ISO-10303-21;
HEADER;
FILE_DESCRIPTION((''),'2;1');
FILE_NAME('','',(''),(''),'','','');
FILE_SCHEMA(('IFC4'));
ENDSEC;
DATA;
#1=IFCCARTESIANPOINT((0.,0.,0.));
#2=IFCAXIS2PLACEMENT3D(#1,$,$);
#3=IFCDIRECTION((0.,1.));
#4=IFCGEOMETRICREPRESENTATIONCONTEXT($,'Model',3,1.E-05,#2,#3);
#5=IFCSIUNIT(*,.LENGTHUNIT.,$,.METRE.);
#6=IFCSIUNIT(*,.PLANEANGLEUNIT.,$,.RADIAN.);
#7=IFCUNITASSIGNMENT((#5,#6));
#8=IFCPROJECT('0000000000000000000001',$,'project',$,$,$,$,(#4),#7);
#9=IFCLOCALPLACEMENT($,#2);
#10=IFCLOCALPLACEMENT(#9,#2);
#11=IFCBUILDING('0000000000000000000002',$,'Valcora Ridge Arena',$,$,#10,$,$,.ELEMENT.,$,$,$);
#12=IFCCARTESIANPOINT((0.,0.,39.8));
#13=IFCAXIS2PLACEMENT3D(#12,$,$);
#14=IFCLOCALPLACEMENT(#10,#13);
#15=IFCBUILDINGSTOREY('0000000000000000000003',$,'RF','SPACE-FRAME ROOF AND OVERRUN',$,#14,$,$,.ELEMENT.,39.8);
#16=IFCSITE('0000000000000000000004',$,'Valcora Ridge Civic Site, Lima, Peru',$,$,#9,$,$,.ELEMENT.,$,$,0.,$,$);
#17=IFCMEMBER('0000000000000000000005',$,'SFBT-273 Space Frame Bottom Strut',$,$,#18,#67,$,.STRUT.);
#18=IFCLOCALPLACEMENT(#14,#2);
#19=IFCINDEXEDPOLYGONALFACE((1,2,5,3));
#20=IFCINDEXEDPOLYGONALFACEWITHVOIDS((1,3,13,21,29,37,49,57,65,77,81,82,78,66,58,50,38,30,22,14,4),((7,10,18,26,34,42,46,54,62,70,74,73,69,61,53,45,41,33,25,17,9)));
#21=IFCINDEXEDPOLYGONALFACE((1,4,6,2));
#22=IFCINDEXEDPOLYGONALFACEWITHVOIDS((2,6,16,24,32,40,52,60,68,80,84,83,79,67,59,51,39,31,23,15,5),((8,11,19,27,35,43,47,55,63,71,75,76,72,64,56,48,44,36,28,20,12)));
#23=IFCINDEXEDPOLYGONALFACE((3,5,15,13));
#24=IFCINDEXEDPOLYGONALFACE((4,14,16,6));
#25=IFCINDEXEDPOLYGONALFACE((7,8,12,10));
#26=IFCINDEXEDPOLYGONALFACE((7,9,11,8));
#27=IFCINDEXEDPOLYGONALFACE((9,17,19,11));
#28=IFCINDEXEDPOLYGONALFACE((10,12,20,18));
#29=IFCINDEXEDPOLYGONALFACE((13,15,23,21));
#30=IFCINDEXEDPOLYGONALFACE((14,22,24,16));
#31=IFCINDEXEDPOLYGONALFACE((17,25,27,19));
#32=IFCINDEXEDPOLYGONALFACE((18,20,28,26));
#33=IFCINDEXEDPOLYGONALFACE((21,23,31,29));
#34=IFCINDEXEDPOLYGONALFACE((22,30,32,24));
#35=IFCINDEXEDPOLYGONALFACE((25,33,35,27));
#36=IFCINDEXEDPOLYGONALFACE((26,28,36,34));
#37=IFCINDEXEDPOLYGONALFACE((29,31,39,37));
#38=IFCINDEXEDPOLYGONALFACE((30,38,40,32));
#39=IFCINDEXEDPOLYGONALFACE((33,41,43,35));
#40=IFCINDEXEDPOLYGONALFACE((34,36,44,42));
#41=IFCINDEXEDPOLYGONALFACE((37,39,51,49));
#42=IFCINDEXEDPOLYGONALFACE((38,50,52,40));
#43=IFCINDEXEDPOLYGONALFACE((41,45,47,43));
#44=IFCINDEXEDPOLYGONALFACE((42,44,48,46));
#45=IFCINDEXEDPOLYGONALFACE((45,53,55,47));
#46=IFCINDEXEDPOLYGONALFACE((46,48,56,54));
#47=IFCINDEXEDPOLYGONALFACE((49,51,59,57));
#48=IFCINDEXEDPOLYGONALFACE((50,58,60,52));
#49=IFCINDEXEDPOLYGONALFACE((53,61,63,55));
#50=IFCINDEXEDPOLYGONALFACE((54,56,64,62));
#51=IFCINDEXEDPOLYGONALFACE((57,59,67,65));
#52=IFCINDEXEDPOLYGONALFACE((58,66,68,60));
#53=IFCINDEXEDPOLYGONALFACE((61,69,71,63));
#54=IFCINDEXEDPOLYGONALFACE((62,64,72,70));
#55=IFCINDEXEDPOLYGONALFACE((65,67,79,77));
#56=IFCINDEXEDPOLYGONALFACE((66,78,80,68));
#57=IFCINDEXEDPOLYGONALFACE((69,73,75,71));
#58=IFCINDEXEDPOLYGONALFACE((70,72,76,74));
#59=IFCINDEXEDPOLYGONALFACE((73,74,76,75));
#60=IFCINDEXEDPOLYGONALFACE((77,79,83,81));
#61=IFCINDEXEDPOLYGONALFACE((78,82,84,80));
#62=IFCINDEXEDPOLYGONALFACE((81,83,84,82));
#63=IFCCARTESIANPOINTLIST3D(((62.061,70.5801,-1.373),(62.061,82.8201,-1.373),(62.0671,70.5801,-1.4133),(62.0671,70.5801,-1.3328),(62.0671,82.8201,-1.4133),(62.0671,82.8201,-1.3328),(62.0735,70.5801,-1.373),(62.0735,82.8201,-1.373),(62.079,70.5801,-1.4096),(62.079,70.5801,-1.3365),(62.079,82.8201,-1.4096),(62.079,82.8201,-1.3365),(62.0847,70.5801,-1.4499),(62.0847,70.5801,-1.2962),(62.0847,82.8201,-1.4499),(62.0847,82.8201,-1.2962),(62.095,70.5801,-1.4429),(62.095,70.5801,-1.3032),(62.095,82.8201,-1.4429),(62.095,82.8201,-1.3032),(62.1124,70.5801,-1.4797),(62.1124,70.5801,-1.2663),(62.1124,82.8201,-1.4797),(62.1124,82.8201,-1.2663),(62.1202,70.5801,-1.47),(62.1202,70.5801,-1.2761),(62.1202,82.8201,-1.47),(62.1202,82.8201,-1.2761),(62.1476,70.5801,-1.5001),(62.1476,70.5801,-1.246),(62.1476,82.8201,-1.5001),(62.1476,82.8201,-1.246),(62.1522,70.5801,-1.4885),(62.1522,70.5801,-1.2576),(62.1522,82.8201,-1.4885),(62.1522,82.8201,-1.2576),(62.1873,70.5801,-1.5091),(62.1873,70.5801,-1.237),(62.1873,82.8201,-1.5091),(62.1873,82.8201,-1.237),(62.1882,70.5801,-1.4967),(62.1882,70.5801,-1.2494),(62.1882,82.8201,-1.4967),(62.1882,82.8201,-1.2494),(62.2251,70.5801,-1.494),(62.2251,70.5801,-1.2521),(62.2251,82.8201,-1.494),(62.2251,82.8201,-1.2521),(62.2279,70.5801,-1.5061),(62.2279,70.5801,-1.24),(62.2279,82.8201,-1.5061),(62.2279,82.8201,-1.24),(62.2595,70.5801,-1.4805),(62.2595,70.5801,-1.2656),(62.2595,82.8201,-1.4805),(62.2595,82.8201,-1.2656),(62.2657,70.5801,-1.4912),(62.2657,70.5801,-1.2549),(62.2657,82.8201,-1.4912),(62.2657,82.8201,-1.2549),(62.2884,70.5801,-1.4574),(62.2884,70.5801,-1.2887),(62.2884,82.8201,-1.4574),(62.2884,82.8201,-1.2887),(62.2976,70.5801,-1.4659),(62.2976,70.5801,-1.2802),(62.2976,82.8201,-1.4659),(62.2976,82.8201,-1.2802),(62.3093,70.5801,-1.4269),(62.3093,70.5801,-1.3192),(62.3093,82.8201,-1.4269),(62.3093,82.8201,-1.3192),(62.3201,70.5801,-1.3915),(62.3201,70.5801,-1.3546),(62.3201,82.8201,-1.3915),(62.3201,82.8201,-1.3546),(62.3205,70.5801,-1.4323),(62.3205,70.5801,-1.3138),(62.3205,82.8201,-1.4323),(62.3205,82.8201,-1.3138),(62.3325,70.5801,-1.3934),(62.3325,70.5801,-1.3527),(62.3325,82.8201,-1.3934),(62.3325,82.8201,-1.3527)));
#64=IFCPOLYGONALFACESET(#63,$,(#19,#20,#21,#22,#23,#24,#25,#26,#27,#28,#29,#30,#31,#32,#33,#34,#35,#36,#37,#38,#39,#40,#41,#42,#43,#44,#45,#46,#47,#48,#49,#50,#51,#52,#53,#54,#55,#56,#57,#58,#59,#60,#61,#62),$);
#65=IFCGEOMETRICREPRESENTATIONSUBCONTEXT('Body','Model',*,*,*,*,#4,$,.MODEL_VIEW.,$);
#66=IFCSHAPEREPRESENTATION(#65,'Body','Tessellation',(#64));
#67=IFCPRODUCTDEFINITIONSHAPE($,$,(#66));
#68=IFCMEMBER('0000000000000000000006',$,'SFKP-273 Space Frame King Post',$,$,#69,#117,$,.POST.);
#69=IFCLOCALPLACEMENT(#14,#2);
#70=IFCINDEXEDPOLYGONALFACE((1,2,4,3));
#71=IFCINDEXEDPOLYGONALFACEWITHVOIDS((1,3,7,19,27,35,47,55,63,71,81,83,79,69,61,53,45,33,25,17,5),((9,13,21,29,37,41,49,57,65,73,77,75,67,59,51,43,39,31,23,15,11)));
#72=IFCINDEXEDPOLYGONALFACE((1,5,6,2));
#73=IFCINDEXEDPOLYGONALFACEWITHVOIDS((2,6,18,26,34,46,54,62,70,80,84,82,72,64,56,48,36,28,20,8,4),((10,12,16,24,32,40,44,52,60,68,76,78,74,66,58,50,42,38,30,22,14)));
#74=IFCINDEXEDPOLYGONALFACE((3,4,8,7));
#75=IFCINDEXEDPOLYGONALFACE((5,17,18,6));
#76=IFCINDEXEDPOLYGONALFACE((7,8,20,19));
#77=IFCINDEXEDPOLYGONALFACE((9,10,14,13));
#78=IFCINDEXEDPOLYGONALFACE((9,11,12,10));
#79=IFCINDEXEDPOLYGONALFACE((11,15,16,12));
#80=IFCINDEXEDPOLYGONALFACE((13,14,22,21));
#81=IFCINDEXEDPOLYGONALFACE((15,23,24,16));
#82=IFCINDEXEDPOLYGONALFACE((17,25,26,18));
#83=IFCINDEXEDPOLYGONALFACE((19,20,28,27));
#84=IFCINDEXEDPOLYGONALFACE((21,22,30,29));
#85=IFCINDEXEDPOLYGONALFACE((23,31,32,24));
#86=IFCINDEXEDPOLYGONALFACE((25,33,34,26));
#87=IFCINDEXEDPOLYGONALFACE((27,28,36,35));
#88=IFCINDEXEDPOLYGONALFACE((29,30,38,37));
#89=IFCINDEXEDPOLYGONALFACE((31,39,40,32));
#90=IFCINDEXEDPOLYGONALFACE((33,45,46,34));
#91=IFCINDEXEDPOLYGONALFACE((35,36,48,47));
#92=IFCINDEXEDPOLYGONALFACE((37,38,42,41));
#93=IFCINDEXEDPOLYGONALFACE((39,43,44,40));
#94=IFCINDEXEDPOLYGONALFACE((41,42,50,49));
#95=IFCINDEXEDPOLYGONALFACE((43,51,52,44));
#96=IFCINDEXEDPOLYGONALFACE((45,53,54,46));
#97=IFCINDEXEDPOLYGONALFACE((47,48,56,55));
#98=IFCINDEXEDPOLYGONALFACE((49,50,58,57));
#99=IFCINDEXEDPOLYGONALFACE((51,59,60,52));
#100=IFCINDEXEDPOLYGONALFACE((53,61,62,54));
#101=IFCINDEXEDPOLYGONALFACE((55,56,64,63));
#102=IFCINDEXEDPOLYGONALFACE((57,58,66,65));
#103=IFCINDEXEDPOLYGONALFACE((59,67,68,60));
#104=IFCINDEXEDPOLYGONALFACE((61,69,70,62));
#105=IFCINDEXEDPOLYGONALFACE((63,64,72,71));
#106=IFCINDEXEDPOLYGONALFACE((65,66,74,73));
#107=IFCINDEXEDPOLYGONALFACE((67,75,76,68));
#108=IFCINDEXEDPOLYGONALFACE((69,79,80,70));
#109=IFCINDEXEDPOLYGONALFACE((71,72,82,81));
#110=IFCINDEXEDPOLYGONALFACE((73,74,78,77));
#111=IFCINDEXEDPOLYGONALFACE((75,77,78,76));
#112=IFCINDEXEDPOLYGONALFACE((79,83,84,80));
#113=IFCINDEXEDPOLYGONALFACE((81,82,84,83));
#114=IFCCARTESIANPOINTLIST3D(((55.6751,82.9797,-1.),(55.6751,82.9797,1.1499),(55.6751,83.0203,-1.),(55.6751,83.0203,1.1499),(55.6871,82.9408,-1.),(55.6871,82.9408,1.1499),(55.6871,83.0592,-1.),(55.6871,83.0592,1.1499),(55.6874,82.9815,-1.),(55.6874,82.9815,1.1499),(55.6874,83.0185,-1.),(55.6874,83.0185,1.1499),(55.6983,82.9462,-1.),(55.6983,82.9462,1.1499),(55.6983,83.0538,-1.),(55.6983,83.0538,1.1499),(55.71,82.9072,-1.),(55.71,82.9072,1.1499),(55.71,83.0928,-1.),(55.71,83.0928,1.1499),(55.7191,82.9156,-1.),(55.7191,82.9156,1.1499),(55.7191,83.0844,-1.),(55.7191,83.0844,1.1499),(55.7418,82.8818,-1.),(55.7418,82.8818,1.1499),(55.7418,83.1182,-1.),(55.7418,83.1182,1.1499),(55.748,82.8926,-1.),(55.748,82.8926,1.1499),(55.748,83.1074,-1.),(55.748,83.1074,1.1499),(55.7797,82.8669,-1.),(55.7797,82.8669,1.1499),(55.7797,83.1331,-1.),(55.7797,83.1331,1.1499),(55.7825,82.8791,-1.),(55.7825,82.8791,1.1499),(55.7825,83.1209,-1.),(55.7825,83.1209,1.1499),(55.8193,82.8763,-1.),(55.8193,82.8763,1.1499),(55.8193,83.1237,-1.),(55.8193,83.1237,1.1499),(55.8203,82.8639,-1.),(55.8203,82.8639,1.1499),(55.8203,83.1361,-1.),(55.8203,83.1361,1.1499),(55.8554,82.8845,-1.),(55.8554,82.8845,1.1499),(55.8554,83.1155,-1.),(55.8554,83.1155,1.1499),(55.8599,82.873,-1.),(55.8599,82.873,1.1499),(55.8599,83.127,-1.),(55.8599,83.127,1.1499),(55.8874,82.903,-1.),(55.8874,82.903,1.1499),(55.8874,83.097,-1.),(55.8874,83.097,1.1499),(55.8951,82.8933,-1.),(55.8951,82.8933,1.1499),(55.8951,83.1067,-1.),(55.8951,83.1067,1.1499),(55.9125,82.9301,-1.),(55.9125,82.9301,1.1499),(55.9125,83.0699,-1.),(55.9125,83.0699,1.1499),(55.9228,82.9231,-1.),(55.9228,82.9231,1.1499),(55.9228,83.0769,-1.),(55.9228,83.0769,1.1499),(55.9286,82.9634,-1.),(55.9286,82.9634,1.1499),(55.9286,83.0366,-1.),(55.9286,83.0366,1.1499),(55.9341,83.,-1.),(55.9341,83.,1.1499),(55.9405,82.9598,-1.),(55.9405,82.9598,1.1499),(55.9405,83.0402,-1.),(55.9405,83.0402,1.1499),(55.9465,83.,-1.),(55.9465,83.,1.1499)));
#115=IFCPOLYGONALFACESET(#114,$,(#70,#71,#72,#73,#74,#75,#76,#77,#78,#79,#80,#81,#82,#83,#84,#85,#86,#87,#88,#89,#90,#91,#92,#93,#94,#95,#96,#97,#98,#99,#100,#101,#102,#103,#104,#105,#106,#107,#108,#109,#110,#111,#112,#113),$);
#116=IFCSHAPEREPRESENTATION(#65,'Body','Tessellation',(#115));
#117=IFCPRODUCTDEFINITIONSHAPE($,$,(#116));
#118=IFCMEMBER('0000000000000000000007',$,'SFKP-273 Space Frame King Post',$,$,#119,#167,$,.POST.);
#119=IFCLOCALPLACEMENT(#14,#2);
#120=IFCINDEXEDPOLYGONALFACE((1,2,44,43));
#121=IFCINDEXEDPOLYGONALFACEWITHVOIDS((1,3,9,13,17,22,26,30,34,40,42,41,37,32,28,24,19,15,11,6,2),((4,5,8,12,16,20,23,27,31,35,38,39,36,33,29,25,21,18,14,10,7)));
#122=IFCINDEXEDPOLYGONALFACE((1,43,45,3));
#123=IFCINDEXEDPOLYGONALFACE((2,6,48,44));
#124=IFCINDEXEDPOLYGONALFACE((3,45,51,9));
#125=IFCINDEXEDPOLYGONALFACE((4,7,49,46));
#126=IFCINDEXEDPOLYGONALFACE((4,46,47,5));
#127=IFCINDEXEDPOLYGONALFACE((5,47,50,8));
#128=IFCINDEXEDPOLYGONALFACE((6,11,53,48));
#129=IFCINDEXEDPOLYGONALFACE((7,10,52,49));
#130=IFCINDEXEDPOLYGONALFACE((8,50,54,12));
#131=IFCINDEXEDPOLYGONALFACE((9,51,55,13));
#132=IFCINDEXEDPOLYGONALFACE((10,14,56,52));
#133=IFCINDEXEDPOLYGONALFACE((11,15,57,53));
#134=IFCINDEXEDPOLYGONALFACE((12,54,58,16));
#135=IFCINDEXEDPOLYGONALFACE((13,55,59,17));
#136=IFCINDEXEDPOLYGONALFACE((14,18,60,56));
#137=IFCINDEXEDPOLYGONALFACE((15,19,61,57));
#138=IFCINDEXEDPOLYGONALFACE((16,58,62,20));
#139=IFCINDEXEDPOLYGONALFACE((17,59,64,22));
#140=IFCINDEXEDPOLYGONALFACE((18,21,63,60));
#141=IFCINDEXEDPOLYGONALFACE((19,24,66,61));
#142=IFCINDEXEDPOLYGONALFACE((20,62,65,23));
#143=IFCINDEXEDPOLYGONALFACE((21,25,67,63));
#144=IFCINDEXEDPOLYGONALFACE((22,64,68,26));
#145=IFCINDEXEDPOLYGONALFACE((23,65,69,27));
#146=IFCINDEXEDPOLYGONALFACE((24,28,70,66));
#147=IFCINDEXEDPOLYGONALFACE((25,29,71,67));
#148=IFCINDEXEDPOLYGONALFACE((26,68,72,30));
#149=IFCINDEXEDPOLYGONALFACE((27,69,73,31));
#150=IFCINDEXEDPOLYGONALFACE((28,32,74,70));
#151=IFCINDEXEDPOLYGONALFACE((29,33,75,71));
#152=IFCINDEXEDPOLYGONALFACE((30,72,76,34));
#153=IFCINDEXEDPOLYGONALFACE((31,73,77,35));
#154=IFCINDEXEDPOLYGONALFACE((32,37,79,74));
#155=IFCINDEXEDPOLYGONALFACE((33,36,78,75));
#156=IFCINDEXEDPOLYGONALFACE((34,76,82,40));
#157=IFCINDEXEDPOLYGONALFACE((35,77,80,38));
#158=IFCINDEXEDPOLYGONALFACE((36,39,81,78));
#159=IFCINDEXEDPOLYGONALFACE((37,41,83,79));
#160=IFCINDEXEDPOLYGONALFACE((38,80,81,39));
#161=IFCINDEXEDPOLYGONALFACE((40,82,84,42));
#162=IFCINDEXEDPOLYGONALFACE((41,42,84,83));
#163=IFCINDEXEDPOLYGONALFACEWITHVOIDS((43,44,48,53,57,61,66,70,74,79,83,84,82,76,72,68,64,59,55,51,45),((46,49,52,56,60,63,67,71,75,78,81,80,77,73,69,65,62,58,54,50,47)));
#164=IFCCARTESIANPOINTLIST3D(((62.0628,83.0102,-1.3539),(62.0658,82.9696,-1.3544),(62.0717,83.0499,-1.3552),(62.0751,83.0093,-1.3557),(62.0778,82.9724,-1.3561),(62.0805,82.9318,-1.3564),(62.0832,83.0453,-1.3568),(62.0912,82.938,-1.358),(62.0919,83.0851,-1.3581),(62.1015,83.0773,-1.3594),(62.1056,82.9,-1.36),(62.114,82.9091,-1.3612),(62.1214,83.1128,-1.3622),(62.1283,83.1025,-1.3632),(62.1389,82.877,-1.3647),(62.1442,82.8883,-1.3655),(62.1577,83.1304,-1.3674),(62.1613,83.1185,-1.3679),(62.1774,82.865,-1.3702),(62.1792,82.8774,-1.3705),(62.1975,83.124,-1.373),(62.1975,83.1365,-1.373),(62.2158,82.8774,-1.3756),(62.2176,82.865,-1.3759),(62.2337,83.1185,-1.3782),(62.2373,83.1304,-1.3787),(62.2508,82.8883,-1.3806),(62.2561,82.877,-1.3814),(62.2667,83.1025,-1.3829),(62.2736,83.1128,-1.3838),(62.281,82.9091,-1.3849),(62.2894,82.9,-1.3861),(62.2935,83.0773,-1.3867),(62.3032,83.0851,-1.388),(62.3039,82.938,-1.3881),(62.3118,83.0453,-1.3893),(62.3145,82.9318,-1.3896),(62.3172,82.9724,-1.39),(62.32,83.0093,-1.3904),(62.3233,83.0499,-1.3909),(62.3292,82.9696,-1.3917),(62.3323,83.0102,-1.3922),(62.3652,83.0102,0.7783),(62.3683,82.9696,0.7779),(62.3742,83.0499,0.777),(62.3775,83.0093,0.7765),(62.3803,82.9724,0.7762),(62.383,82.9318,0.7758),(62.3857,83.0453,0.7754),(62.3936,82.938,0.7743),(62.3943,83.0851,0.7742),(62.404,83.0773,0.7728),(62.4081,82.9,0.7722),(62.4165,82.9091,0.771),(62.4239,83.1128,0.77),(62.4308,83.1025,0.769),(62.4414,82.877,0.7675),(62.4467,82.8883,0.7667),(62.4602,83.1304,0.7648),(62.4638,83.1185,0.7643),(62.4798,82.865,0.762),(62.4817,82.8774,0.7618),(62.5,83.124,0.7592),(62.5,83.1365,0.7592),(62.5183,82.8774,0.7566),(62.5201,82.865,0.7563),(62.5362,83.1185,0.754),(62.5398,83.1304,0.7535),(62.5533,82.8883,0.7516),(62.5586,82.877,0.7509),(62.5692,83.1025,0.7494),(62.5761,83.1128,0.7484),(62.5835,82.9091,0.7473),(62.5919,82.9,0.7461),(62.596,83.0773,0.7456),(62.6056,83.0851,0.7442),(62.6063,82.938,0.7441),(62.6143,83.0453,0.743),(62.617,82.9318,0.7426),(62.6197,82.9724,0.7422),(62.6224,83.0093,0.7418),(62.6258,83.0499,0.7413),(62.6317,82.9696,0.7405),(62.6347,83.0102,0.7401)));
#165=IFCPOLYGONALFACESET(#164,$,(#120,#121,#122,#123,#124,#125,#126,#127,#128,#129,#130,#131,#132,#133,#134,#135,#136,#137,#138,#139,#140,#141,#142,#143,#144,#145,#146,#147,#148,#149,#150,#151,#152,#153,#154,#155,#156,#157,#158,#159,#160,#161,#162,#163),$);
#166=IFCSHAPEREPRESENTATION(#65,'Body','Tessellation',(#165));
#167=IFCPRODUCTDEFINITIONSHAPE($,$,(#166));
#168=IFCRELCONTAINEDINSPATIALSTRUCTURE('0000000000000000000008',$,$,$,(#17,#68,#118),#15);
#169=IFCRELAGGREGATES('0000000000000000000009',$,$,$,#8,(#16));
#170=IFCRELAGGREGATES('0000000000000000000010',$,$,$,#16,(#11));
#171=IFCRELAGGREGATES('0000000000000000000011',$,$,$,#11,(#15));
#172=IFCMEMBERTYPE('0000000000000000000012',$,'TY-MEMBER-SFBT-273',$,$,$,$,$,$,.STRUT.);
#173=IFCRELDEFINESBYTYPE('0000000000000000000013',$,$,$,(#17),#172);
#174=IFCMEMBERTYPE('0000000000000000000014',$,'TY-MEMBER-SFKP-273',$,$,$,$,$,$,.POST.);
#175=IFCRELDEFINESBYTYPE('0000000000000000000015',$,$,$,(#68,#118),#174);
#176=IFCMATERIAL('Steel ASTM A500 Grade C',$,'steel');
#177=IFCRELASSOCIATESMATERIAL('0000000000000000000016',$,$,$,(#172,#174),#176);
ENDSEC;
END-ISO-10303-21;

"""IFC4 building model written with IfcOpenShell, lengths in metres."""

from ifc_helpers import new_model, si_unit, direction, frame, origin, origin_2d, place, context, subcontext, project, spatial, hollow_circle, extrude, material, material_profile, profile_set, type_object, element, save


model = new_model("IFC4")

# Units and contexts
model_context = context("Model", 3, precision=1e-05, world=origin(), true_north=direction((0.0, 1.0)))
body_context = subcontext(model_context, "Body", "Model", "MODEL_VIEW")
ifc_project = project(units=[si_unit("LENGTHUNIT", "METRE"), si_unit("PLANEANGLEUNIT", "RADIAN")], contexts=[model_context])

# Site, building, storey
site_placement = place(None, origin())
site = spatial("IfcSite", under=ifc_project, at=site_placement, Name="Valcora Ridge Civic Site, Lima, Peru", CompositionType="ELEMENT", RefElevation=0.0)
building_placement = place(site_placement, origin())
building = spatial("IfcBuilding", under=site, at=building_placement, Name="Valcora Ridge Arena", CompositionType="ELEMENT")
storey_placement = place(building_placement, frame((0.0, 0.0, 39.8)))
storey = spatial("IfcBuildingStorey", under=building, at=storey_placement, Name="RF", Description="SPACE-FRAME ROOF AND OVERRUN", CompositionType="ELEMENT", Elevation=39.8)

# Members
ifc_material_1 = material(Name="Steel ASTM A500 Grade C", Category="steel")
ifc_material_profile_1 = material_profile(ifc_material_1, hollow_circle(Radius=0.1365, WallThickness=0.0125, at=origin_2d()), Name="CHS273X12")
ifc_profile_set_1 = profile_set([ifc_material_profile_1], Name="Steel ASTM A500 Grade C")
member_type_1 = type_object("IfcMemberType", Name="TY-MEMBER-SFBT-273", PredefinedType="STRUT", material=ifc_profile_set_1)
member_1_placement = place(storey_placement, frame((62.1975, 70.5801, -1.373), z_axis=(0.0, 1.0, 0.0), x_axis=(-1.0, 0.0, 0.0)))
element("IfcMember", 1, at=member_1_placement, inside=storey, type_object=member_type_1, Name="SFBT-273 Space Frame Bottom Strut", PredefinedType="STRUT", context=body_context, shape_type="SweptSolid", body=[
    extrude(hollow_circle(Radius=0.1365, WallThickness=0.0125, at=origin_2d()), origin(), (0.0, 0.0, 1.0), 12.24),
])
ifc_material_profile_2 = material_profile(ifc_material_1, hollow_circle(Radius=0.1365, WallThickness=0.0125, at=origin_2d()), Name="CHS273X12")
ifc_profile_set_2 = profile_set([ifc_material_profile_2], Name="Steel ASTM A500 Grade C")
member_type_2 = type_object("IfcMemberType", Name="TY-MEMBER-SFKP-273", PredefinedType="POST", material=ifc_profile_set_2)
member_2_placement = place(storey_placement, frame((55.8101, 83.0, -1.0), z_axis=(0.0, 0.0, 1.0), x_axis=(1.0, 0.0, 0.0)))
element("IfcMember", 2, at=member_2_placement, inside=storey, type_object=member_type_2, Name="SFKP-273 Space Frame King Post", PredefinedType="POST", context=body_context, shape_type="SweptSolid", body=[
    extrude(hollow_circle(Radius=0.1365, WallThickness=0.0125, at=origin_2d()), origin(), (0.0, 0.0, 1.0), 2.1499),
])
member_3_placement = place(storey_placement, frame((62.1975, 83.0, -1.373), z_axis=(0.140453, 0.0, 0.990087), x_axis=(0.0, 1.0, 0.0)))
element("IfcMember", 3, at=member_3_placement, inside=storey, type_object=member_type_2, Name="SFKP-273 Space Frame King Post", PredefinedType="POST", context=body_context, shape_type="SweptSolid", body=[
    extrude(hollow_circle(Radius=0.1365, WallThickness=0.0125, at=origin_2d()), origin(), (0.0, 0.0, 1.0), 2.1536),
])

save(model, "model.ifc")
